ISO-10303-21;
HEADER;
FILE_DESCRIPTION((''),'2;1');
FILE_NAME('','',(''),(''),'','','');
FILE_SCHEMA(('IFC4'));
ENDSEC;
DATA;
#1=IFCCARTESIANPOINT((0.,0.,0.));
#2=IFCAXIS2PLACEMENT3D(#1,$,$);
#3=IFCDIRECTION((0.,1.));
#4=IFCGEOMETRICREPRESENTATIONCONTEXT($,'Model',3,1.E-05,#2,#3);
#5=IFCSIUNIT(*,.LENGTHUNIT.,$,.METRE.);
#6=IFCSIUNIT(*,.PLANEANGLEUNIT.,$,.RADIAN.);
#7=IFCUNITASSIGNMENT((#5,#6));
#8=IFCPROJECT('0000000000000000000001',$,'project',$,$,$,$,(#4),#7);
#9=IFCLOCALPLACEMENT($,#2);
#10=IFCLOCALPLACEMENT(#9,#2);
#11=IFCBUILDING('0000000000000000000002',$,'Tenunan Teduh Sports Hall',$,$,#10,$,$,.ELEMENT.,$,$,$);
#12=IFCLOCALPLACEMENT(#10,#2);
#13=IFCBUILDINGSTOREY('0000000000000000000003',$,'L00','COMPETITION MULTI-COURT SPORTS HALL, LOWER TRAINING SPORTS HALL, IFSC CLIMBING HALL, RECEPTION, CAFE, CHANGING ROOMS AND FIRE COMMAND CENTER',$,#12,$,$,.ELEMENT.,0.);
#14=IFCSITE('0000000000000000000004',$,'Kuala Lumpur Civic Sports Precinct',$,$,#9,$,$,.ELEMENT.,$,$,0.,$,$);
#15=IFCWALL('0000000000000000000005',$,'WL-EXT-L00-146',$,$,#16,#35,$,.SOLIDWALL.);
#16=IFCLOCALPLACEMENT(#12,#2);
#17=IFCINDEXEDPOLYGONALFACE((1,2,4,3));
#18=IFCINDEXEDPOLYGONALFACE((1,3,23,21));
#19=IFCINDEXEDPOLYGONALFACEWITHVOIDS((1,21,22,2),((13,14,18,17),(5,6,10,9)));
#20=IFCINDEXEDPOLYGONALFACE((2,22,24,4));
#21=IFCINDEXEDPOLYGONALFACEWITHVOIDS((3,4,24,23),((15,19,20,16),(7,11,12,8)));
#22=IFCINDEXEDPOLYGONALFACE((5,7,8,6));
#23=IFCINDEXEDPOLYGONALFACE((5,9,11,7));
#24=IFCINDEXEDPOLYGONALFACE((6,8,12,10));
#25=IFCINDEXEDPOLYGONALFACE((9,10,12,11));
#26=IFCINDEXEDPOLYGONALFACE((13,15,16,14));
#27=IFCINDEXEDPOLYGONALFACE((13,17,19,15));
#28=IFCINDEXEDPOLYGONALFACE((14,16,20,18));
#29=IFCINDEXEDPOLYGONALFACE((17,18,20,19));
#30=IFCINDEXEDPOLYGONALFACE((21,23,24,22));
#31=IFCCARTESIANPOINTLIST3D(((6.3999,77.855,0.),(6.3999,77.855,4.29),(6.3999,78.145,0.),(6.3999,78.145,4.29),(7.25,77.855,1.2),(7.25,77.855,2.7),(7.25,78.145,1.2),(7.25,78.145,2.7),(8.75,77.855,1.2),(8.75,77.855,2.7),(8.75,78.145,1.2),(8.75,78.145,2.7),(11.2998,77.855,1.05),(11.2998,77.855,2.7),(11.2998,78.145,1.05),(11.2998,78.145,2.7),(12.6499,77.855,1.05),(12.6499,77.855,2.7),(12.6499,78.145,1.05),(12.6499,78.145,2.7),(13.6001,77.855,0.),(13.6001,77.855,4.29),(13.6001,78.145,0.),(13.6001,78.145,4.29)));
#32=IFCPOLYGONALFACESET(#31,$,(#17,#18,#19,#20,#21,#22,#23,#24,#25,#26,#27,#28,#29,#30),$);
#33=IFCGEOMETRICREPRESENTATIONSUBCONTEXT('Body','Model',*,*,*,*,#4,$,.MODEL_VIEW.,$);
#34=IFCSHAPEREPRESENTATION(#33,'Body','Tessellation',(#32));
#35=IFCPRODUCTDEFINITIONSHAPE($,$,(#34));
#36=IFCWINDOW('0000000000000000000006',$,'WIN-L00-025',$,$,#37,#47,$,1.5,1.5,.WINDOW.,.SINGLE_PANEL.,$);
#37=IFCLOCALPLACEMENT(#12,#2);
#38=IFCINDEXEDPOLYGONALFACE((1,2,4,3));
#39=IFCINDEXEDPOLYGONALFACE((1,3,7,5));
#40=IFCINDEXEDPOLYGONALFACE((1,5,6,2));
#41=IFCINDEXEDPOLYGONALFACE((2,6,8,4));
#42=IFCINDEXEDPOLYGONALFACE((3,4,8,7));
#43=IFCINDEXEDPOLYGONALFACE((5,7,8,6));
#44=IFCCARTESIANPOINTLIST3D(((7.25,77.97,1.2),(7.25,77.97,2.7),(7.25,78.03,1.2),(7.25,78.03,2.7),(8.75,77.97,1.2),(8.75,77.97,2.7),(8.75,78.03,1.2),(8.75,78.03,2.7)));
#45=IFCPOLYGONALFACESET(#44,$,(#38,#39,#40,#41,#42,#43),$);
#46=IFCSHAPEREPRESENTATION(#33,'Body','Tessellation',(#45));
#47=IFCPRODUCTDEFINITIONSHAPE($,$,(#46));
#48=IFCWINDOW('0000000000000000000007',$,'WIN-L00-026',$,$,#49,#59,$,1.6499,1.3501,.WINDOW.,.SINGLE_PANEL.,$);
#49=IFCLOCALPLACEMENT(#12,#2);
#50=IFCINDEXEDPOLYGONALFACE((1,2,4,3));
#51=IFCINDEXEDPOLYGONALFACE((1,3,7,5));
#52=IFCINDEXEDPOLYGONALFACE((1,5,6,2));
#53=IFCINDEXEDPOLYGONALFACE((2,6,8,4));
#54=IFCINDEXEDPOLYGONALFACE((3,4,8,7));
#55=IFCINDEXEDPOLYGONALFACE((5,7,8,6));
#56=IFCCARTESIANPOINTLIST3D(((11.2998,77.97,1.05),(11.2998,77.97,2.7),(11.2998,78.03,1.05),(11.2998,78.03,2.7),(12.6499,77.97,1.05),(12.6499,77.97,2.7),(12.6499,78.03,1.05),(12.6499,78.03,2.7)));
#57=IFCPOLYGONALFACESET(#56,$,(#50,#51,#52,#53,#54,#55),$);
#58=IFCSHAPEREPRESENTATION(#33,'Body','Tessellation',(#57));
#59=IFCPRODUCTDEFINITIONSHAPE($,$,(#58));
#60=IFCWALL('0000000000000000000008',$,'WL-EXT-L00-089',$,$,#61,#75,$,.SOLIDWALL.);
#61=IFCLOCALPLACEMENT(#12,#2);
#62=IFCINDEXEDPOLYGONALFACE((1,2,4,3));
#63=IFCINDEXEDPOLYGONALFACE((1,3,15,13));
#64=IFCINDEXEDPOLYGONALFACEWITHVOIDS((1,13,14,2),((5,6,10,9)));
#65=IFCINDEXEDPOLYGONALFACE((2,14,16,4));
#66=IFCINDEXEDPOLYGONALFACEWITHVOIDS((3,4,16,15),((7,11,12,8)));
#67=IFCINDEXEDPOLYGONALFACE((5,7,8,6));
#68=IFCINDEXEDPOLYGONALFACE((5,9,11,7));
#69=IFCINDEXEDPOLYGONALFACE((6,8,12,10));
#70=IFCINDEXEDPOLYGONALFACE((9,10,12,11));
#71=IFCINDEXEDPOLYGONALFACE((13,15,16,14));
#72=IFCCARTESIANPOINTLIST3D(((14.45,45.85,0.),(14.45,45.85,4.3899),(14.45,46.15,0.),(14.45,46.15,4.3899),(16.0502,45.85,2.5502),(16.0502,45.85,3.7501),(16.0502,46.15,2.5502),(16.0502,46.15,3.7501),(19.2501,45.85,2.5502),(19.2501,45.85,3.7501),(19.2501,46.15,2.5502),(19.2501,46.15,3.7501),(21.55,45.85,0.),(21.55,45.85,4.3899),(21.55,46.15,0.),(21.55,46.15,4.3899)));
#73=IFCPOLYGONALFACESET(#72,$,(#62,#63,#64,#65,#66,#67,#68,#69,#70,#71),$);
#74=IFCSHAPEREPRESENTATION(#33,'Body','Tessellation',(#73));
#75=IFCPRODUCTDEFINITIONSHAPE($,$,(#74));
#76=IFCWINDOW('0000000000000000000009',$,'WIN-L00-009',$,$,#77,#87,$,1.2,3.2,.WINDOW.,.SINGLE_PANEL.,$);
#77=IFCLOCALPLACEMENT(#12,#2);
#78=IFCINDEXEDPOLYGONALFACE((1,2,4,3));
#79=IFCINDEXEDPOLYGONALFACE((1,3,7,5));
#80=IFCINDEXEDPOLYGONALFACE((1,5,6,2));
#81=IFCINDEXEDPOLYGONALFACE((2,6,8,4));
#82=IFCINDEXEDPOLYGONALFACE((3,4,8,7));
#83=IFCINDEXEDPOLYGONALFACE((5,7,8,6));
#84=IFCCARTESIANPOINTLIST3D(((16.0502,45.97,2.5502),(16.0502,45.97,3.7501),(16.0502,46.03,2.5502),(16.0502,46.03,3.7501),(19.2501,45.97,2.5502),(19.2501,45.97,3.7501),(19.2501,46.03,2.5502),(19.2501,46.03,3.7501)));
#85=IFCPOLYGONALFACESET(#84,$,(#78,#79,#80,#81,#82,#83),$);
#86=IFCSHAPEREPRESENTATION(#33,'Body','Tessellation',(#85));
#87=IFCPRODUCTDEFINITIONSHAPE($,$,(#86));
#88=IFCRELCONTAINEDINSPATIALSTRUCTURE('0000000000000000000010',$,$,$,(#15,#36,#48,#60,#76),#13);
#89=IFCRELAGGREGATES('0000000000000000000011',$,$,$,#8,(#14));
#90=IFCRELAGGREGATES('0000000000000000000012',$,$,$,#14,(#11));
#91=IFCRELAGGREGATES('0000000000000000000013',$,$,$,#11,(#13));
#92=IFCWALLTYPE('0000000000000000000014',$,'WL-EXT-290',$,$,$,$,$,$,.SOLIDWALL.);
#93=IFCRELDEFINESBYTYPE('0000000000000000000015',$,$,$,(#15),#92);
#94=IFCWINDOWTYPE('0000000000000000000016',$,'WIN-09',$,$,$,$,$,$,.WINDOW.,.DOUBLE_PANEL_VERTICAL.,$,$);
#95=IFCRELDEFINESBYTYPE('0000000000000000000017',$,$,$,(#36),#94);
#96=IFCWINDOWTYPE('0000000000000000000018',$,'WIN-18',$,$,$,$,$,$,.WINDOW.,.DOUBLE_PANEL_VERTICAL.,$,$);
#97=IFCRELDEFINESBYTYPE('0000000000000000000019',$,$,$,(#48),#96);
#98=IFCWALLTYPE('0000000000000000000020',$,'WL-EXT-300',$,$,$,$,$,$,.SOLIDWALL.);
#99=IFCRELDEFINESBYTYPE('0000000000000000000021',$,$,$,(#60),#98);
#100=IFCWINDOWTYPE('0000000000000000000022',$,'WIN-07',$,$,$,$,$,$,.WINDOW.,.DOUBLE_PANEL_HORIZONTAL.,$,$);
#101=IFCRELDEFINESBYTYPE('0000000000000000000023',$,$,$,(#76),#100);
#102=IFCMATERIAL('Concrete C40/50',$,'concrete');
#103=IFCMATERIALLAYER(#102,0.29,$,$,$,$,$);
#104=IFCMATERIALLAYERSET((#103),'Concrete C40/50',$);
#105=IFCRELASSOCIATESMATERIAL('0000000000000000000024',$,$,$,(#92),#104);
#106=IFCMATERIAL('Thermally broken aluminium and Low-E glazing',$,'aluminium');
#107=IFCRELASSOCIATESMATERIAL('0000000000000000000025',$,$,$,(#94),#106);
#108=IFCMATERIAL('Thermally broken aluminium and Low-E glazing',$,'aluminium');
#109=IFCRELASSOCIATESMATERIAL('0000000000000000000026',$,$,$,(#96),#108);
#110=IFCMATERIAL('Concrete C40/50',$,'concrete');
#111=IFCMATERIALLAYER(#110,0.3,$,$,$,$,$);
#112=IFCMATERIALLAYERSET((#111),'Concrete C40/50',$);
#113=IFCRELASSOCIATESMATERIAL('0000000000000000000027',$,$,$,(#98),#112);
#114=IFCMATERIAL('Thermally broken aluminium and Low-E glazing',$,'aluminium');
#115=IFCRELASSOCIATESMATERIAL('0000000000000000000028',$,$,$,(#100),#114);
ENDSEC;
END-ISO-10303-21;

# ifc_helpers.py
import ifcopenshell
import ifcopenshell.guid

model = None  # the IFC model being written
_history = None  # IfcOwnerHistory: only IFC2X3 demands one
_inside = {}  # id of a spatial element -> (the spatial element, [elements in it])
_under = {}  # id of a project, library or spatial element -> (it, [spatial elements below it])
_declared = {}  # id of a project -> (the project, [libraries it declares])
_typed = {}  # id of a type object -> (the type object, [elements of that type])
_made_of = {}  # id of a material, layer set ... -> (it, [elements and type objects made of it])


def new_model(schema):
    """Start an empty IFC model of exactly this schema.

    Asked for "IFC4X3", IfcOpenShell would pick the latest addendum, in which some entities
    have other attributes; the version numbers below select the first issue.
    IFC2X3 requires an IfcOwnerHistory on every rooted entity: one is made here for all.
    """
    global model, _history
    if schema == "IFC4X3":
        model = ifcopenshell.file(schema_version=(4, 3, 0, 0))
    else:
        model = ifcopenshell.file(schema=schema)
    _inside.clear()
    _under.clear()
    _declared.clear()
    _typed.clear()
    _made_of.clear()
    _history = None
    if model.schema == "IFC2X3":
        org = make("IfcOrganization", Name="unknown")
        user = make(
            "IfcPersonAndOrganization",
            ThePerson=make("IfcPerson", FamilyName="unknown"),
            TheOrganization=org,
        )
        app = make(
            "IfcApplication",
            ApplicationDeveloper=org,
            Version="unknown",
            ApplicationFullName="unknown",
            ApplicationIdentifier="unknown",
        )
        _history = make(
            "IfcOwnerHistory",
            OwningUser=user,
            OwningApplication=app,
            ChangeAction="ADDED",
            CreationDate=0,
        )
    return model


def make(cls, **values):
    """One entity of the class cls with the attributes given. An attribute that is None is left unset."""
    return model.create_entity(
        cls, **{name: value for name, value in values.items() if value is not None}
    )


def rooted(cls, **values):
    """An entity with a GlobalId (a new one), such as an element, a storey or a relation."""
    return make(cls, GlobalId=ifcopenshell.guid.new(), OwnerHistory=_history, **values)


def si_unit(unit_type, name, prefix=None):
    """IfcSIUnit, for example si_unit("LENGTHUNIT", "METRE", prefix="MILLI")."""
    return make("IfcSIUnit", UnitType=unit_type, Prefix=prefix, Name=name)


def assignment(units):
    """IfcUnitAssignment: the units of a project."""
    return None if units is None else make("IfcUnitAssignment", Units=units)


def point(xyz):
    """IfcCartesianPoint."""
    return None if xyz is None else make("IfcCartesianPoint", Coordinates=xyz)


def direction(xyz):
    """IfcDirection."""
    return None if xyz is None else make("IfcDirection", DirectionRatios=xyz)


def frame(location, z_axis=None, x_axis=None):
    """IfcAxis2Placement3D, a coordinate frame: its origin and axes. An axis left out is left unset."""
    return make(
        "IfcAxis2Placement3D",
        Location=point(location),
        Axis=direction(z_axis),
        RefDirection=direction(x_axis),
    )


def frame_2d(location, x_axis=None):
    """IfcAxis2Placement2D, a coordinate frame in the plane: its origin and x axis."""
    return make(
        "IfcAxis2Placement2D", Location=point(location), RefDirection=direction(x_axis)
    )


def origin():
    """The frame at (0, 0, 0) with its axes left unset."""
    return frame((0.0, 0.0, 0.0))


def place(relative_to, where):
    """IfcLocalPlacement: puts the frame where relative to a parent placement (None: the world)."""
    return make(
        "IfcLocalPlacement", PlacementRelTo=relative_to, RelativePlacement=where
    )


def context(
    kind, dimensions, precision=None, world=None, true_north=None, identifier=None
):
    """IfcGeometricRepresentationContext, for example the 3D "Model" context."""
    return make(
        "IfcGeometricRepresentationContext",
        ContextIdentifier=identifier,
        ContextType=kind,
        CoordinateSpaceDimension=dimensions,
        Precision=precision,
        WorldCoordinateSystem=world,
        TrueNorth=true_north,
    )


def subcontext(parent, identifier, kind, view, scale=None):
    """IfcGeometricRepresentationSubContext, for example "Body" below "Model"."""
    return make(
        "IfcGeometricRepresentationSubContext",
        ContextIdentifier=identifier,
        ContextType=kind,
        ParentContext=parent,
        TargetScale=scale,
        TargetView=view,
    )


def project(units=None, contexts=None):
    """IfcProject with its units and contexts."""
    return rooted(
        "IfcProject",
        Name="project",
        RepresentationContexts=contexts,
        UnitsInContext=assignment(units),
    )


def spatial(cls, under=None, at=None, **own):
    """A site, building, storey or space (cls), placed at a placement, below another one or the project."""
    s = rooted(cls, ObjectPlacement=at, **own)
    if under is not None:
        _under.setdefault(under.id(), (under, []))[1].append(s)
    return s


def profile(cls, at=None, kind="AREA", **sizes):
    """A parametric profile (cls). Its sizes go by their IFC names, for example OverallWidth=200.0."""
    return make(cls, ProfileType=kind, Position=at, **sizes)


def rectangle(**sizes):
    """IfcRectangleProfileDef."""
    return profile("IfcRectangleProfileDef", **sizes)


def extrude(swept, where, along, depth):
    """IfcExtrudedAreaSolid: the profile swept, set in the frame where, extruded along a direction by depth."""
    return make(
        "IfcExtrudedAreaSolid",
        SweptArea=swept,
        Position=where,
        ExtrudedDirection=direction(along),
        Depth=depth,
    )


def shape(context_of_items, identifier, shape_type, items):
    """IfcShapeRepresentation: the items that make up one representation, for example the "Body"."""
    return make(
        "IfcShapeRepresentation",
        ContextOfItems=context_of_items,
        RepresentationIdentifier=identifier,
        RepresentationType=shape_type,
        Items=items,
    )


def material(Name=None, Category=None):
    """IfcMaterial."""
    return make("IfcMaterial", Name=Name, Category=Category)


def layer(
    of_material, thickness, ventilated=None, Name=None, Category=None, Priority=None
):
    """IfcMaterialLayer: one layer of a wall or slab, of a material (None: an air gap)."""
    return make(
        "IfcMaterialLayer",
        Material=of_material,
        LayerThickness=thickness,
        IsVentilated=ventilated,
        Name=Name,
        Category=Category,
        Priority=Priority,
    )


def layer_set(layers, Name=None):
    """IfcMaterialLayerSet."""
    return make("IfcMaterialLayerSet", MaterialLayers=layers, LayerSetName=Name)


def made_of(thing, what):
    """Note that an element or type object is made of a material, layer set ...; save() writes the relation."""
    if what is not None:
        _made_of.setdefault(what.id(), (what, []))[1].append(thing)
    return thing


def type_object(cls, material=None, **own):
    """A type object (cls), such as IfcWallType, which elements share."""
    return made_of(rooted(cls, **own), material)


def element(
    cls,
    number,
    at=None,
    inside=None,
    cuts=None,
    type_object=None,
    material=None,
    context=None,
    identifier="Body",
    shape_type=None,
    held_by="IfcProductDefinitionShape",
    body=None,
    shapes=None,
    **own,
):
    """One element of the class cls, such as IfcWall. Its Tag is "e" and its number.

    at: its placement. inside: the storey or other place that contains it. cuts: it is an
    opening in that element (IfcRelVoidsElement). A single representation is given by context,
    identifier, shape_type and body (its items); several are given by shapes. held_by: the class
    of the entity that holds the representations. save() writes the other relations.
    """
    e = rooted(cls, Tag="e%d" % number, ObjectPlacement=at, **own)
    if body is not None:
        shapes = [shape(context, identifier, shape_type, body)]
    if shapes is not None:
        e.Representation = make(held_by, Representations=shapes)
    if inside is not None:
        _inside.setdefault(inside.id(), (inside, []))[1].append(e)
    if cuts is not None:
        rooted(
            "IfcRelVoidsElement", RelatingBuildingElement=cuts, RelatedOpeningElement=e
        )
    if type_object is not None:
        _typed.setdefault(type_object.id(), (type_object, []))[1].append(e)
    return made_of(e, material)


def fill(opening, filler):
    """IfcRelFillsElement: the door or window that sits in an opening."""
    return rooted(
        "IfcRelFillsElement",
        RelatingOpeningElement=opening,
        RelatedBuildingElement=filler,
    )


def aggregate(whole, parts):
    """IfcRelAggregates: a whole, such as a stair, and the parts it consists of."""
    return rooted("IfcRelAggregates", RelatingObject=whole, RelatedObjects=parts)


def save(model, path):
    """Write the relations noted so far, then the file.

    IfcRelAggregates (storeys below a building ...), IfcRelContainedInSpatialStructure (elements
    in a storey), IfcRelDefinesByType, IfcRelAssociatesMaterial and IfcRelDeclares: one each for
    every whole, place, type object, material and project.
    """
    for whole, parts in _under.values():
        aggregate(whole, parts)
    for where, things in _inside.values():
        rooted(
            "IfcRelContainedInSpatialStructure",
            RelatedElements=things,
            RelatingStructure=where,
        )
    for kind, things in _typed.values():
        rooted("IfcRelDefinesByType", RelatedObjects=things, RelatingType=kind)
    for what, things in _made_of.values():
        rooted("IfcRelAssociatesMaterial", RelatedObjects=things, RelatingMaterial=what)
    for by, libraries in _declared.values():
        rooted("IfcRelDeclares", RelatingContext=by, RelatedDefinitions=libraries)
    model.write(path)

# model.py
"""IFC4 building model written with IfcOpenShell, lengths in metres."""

from ifc_helpers import new_model, si_unit, direction, frame, frame_2d, origin, place, context, subcontext, project, spatial, rectangle, extrude, material, layer, layer_set, type_object, element, fill, save


model = new_model("IFC4")

# Units and contexts
model_context = context("Model", 3, precision=1e-05, world=origin(), true_north=direction((0.0, 1.0)))
body_context = subcontext(model_context, "Body", "Model", "MODEL_VIEW")
ifc_project = project(units=[si_unit("LENGTHUNIT", "METRE"), si_unit("PLANEANGLEUNIT", "RADIAN")], contexts=[model_context])

# Site, building, storey
site_placement = place(None, origin())
site = spatial("IfcSite", under=ifc_project, at=site_placement, Name="Kuala Lumpur Civic Sports Precinct", CompositionType="ELEMENT", RefElevation=0.0)
building_placement = place(site_placement, origin())
building = spatial("IfcBuilding", under=site, at=building_placement, Name="Tenunan Teduh Sports Hall", CompositionType="ELEMENT")
storey_placement = place(building_placement, origin())
storey = spatial("IfcBuildingStorey", under=building, at=storey_placement, Name="L00", Description="COMPETITION MULTI-COURT SPORTS HALL, LOWER TRAINING SPORTS HALL, IFSC CLIMBING HALL, RECEPTION, CAFE, CHANGING ROOMS AND FIRE COMMAND CENTER", CompositionType="ELEMENT", Elevation=0.0)

# Wall, openings, windows
ifc_material_1 = material(Name="Concrete C40/50", Category="concrete")
ifc_layer_1 = layer(ifc_material_1, 0.29)
ifc_layer_set_1 = layer_set([ifc_layer_1], Name="Concrete C40/50")
wall_type_1 = type_object("IfcWallType", Name="WL-EXT-290", PredefinedType="SOLIDWALL", material=ifc_layer_set_1)
wall_1_placement = place(storey_placement, frame((6.3999, 78.0, 0.0), z_axis=(0.0, 0.0, 1.0), x_axis=(1.0, 0.0, 0.0)))
wall_1 = element("IfcWall", 1, at=wall_1_placement, inside=storey, type_object=wall_type_1, Name="WL-EXT-L00-146", PredefinedType="SOLIDWALL", context=body_context, shape_type="SweptSolid", body=[
    extrude(rectangle(XDim=7.2002, YDim=0.29, at=frame_2d((3.6001, 0.0))), origin(), (0.0, 0.0, 1.0), 4.29),
])
opening_1_placement = place(wall_1_placement, frame((0.8501, 0.0, 1.2)))
opening_1 = element("IfcOpeningElement", 2, at=opening_1_placement, cuts=wall_1, PredefinedType="OPENING", context=body_context, shape_type="SweptSolid", body=[
    extrude(rectangle(XDim=1.5, YDim=1.5, at=frame_2d((0.75, 0.75))), frame((0.0, 0.155, 0.0), z_axis=(0.0, -1.0, 0.0), x_axis=(1.0, 0.0, 0.0)), (0.0, 0.0, 1.0), 0.3101),
])
opening_2_placement = place(wall_1_placement, frame((4.8999, 0.0, 1.05)))
opening_2 = element("IfcOpeningElement", 3, at=opening_2_placement, cuts=wall_1, PredefinedType="OPENING", context=body_context, shape_type="SweptSolid", body=[
    extrude(rectangle(XDim=1.3501, YDim=1.6499, at=frame_2d((0.675, 0.825))), frame((0.0, 0.155, 0.0), z_axis=(0.0, -1.0, 0.0), x_axis=(1.0, 0.0, 0.0)), (0.0, 0.0, 1.0), 0.3101),
])
ifc_material_2 = material(Name="Thermally broken aluminium and Low-E glazing", Category="aluminium")
window_type_1 = type_object("IfcWindowType", Name="WIN-09", PartitioningType="DOUBLE_PANEL_VERTICAL", PredefinedType="WINDOW", material=ifc_material_2)
window_1_placement = place(opening_1_placement, origin())
window_1 = element("IfcWindow", 4, at=window_1_placement, inside=storey, type_object=window_type_1, Name="WIN-L00-025", OverallHeight=1.5, OverallWidth=1.5, PartitioningType="SINGLE_PANEL", PredefinedType="WINDOW", context=body_context, shape_type="SweptSolid", body=[
    extrude(rectangle(XDim=1.5, YDim=1.5, at=frame_2d((0.75, 0.75))), frame((0.0, 0.03, 0.0), z_axis=(0.0, -1.0, 0.0), x_axis=(1.0, 0.0, 0.0)), (0.0, 0.0, 1.0), 0.0601),
])
fill(opening_1, window_1)
ifc_material_3 = material(Name="Thermally broken aluminium and Low-E glazing", Category="aluminium")
window_type_2 = type_object("IfcWindowType", Name="WIN-18", PartitioningType="DOUBLE_PANEL_VERTICAL", PredefinedType="WINDOW", material=ifc_material_3)
window_2_placement = place(opening_2_placement, origin())
window_2 = element("IfcWindow", 5, at=window_2_placement, inside=storey, type_object=window_type_2, Name="WIN-L00-026", OverallHeight=1.6499, OverallWidth=1.3501, PartitioningType="SINGLE_PANEL", PredefinedType="WINDOW", context=body_context, shape_type="SweptSolid", body=[
    extrude(rectangle(XDim=1.3501, YDim=1.6499, at=frame_2d((0.675, 0.825))), frame((0.0, 0.03, 0.0), z_axis=(0.0, -1.0, 0.0), x_axis=(1.0, 0.0, 0.0)), (0.0, 0.0, 1.0), 0.0601),
])
fill(opening_2, window_2)

# Wall, opening, window
ifc_material_4 = material(Name="Concrete C40/50", Category="concrete")
ifc_layer_2 = layer(ifc_material_4, 0.3)
ifc_layer_set_2 = layer_set([ifc_layer_2], Name="Concrete C40/50")
wall_type_2 = type_object("IfcWallType", Name="WL-EXT-300", PredefinedType="SOLIDWALL", material=ifc_layer_set_2)
wall_2_placement = place(storey_placement, frame((14.45, 46.0, 0.0), z_axis=(0.0, 0.0, 1.0), x_axis=(1.0, 0.0, 0.0)))
wall_2 = element("IfcWall", 6, at=wall_2_placement, inside=storey, type_object=wall_type_2, Name="WL-EXT-L00-089", PredefinedType="SOLIDWALL", context=body_context, shape_type="SweptSolid", body=[
    extrude(rectangle(XDim=7.1001, YDim=0.3, at=frame_2d((3.55, 0.0))), origin(), (0.0, 0.0, 1.0), 4.3899),
])
opening_3_placement = place(wall_2_placement, frame((1.6001, 0.0, 2.55)))
opening_3 = element("IfcOpeningElement", 7, at=opening_3_placement, cuts=wall_2, PredefinedType="OPENING", context=body_context, shape_type="SweptSolid", body=[
    extrude(rectangle(XDim=3.2, YDim=1.2, at=frame_2d((1.6001, 0.6001))), frame((0.0, 0.1599, 0.0), z_axis=(0.0, -1.0, 0.0), x_axis=(1.0, 0.0, 0.0)), (0.0, 0.0, 1.0), 0.3201),
])
ifc_material_5 = material(Name="Thermally broken aluminium and Low-E glazing", Category="aluminium")
window_type_3 = type_object("IfcWindowType", Name="WIN-07", PartitioningType="DOUBLE_PANEL_HORIZONTAL", PredefinedType="WINDOW", material=ifc_material_5)
window_3_placement = place(opening_3_placement, origin())
window_3 = element("IfcWindow", 8, at=window_3_placement, inside=storey, type_object=window_type_3, Name="WIN-L00-009", OverallHeight=1.2, OverallWidth=3.2, PartitioningType="SINGLE_PANEL", PredefinedType="WINDOW", context=body_context, shape_type="SweptSolid", body=[
    extrude(rectangle(XDim=3.2, YDim=1.2, at=frame_2d((1.6001, 0.6001))), frame((0.0, 0.03, 0.0), z_axis=(0.0, -1.0, 0.0), x_axis=(1.0, 0.0, 0.0)), (0.0, 0.0, 1.0), 0.0601),
])
fill(opening_3, window_3)

save(model, "model.ifc")
